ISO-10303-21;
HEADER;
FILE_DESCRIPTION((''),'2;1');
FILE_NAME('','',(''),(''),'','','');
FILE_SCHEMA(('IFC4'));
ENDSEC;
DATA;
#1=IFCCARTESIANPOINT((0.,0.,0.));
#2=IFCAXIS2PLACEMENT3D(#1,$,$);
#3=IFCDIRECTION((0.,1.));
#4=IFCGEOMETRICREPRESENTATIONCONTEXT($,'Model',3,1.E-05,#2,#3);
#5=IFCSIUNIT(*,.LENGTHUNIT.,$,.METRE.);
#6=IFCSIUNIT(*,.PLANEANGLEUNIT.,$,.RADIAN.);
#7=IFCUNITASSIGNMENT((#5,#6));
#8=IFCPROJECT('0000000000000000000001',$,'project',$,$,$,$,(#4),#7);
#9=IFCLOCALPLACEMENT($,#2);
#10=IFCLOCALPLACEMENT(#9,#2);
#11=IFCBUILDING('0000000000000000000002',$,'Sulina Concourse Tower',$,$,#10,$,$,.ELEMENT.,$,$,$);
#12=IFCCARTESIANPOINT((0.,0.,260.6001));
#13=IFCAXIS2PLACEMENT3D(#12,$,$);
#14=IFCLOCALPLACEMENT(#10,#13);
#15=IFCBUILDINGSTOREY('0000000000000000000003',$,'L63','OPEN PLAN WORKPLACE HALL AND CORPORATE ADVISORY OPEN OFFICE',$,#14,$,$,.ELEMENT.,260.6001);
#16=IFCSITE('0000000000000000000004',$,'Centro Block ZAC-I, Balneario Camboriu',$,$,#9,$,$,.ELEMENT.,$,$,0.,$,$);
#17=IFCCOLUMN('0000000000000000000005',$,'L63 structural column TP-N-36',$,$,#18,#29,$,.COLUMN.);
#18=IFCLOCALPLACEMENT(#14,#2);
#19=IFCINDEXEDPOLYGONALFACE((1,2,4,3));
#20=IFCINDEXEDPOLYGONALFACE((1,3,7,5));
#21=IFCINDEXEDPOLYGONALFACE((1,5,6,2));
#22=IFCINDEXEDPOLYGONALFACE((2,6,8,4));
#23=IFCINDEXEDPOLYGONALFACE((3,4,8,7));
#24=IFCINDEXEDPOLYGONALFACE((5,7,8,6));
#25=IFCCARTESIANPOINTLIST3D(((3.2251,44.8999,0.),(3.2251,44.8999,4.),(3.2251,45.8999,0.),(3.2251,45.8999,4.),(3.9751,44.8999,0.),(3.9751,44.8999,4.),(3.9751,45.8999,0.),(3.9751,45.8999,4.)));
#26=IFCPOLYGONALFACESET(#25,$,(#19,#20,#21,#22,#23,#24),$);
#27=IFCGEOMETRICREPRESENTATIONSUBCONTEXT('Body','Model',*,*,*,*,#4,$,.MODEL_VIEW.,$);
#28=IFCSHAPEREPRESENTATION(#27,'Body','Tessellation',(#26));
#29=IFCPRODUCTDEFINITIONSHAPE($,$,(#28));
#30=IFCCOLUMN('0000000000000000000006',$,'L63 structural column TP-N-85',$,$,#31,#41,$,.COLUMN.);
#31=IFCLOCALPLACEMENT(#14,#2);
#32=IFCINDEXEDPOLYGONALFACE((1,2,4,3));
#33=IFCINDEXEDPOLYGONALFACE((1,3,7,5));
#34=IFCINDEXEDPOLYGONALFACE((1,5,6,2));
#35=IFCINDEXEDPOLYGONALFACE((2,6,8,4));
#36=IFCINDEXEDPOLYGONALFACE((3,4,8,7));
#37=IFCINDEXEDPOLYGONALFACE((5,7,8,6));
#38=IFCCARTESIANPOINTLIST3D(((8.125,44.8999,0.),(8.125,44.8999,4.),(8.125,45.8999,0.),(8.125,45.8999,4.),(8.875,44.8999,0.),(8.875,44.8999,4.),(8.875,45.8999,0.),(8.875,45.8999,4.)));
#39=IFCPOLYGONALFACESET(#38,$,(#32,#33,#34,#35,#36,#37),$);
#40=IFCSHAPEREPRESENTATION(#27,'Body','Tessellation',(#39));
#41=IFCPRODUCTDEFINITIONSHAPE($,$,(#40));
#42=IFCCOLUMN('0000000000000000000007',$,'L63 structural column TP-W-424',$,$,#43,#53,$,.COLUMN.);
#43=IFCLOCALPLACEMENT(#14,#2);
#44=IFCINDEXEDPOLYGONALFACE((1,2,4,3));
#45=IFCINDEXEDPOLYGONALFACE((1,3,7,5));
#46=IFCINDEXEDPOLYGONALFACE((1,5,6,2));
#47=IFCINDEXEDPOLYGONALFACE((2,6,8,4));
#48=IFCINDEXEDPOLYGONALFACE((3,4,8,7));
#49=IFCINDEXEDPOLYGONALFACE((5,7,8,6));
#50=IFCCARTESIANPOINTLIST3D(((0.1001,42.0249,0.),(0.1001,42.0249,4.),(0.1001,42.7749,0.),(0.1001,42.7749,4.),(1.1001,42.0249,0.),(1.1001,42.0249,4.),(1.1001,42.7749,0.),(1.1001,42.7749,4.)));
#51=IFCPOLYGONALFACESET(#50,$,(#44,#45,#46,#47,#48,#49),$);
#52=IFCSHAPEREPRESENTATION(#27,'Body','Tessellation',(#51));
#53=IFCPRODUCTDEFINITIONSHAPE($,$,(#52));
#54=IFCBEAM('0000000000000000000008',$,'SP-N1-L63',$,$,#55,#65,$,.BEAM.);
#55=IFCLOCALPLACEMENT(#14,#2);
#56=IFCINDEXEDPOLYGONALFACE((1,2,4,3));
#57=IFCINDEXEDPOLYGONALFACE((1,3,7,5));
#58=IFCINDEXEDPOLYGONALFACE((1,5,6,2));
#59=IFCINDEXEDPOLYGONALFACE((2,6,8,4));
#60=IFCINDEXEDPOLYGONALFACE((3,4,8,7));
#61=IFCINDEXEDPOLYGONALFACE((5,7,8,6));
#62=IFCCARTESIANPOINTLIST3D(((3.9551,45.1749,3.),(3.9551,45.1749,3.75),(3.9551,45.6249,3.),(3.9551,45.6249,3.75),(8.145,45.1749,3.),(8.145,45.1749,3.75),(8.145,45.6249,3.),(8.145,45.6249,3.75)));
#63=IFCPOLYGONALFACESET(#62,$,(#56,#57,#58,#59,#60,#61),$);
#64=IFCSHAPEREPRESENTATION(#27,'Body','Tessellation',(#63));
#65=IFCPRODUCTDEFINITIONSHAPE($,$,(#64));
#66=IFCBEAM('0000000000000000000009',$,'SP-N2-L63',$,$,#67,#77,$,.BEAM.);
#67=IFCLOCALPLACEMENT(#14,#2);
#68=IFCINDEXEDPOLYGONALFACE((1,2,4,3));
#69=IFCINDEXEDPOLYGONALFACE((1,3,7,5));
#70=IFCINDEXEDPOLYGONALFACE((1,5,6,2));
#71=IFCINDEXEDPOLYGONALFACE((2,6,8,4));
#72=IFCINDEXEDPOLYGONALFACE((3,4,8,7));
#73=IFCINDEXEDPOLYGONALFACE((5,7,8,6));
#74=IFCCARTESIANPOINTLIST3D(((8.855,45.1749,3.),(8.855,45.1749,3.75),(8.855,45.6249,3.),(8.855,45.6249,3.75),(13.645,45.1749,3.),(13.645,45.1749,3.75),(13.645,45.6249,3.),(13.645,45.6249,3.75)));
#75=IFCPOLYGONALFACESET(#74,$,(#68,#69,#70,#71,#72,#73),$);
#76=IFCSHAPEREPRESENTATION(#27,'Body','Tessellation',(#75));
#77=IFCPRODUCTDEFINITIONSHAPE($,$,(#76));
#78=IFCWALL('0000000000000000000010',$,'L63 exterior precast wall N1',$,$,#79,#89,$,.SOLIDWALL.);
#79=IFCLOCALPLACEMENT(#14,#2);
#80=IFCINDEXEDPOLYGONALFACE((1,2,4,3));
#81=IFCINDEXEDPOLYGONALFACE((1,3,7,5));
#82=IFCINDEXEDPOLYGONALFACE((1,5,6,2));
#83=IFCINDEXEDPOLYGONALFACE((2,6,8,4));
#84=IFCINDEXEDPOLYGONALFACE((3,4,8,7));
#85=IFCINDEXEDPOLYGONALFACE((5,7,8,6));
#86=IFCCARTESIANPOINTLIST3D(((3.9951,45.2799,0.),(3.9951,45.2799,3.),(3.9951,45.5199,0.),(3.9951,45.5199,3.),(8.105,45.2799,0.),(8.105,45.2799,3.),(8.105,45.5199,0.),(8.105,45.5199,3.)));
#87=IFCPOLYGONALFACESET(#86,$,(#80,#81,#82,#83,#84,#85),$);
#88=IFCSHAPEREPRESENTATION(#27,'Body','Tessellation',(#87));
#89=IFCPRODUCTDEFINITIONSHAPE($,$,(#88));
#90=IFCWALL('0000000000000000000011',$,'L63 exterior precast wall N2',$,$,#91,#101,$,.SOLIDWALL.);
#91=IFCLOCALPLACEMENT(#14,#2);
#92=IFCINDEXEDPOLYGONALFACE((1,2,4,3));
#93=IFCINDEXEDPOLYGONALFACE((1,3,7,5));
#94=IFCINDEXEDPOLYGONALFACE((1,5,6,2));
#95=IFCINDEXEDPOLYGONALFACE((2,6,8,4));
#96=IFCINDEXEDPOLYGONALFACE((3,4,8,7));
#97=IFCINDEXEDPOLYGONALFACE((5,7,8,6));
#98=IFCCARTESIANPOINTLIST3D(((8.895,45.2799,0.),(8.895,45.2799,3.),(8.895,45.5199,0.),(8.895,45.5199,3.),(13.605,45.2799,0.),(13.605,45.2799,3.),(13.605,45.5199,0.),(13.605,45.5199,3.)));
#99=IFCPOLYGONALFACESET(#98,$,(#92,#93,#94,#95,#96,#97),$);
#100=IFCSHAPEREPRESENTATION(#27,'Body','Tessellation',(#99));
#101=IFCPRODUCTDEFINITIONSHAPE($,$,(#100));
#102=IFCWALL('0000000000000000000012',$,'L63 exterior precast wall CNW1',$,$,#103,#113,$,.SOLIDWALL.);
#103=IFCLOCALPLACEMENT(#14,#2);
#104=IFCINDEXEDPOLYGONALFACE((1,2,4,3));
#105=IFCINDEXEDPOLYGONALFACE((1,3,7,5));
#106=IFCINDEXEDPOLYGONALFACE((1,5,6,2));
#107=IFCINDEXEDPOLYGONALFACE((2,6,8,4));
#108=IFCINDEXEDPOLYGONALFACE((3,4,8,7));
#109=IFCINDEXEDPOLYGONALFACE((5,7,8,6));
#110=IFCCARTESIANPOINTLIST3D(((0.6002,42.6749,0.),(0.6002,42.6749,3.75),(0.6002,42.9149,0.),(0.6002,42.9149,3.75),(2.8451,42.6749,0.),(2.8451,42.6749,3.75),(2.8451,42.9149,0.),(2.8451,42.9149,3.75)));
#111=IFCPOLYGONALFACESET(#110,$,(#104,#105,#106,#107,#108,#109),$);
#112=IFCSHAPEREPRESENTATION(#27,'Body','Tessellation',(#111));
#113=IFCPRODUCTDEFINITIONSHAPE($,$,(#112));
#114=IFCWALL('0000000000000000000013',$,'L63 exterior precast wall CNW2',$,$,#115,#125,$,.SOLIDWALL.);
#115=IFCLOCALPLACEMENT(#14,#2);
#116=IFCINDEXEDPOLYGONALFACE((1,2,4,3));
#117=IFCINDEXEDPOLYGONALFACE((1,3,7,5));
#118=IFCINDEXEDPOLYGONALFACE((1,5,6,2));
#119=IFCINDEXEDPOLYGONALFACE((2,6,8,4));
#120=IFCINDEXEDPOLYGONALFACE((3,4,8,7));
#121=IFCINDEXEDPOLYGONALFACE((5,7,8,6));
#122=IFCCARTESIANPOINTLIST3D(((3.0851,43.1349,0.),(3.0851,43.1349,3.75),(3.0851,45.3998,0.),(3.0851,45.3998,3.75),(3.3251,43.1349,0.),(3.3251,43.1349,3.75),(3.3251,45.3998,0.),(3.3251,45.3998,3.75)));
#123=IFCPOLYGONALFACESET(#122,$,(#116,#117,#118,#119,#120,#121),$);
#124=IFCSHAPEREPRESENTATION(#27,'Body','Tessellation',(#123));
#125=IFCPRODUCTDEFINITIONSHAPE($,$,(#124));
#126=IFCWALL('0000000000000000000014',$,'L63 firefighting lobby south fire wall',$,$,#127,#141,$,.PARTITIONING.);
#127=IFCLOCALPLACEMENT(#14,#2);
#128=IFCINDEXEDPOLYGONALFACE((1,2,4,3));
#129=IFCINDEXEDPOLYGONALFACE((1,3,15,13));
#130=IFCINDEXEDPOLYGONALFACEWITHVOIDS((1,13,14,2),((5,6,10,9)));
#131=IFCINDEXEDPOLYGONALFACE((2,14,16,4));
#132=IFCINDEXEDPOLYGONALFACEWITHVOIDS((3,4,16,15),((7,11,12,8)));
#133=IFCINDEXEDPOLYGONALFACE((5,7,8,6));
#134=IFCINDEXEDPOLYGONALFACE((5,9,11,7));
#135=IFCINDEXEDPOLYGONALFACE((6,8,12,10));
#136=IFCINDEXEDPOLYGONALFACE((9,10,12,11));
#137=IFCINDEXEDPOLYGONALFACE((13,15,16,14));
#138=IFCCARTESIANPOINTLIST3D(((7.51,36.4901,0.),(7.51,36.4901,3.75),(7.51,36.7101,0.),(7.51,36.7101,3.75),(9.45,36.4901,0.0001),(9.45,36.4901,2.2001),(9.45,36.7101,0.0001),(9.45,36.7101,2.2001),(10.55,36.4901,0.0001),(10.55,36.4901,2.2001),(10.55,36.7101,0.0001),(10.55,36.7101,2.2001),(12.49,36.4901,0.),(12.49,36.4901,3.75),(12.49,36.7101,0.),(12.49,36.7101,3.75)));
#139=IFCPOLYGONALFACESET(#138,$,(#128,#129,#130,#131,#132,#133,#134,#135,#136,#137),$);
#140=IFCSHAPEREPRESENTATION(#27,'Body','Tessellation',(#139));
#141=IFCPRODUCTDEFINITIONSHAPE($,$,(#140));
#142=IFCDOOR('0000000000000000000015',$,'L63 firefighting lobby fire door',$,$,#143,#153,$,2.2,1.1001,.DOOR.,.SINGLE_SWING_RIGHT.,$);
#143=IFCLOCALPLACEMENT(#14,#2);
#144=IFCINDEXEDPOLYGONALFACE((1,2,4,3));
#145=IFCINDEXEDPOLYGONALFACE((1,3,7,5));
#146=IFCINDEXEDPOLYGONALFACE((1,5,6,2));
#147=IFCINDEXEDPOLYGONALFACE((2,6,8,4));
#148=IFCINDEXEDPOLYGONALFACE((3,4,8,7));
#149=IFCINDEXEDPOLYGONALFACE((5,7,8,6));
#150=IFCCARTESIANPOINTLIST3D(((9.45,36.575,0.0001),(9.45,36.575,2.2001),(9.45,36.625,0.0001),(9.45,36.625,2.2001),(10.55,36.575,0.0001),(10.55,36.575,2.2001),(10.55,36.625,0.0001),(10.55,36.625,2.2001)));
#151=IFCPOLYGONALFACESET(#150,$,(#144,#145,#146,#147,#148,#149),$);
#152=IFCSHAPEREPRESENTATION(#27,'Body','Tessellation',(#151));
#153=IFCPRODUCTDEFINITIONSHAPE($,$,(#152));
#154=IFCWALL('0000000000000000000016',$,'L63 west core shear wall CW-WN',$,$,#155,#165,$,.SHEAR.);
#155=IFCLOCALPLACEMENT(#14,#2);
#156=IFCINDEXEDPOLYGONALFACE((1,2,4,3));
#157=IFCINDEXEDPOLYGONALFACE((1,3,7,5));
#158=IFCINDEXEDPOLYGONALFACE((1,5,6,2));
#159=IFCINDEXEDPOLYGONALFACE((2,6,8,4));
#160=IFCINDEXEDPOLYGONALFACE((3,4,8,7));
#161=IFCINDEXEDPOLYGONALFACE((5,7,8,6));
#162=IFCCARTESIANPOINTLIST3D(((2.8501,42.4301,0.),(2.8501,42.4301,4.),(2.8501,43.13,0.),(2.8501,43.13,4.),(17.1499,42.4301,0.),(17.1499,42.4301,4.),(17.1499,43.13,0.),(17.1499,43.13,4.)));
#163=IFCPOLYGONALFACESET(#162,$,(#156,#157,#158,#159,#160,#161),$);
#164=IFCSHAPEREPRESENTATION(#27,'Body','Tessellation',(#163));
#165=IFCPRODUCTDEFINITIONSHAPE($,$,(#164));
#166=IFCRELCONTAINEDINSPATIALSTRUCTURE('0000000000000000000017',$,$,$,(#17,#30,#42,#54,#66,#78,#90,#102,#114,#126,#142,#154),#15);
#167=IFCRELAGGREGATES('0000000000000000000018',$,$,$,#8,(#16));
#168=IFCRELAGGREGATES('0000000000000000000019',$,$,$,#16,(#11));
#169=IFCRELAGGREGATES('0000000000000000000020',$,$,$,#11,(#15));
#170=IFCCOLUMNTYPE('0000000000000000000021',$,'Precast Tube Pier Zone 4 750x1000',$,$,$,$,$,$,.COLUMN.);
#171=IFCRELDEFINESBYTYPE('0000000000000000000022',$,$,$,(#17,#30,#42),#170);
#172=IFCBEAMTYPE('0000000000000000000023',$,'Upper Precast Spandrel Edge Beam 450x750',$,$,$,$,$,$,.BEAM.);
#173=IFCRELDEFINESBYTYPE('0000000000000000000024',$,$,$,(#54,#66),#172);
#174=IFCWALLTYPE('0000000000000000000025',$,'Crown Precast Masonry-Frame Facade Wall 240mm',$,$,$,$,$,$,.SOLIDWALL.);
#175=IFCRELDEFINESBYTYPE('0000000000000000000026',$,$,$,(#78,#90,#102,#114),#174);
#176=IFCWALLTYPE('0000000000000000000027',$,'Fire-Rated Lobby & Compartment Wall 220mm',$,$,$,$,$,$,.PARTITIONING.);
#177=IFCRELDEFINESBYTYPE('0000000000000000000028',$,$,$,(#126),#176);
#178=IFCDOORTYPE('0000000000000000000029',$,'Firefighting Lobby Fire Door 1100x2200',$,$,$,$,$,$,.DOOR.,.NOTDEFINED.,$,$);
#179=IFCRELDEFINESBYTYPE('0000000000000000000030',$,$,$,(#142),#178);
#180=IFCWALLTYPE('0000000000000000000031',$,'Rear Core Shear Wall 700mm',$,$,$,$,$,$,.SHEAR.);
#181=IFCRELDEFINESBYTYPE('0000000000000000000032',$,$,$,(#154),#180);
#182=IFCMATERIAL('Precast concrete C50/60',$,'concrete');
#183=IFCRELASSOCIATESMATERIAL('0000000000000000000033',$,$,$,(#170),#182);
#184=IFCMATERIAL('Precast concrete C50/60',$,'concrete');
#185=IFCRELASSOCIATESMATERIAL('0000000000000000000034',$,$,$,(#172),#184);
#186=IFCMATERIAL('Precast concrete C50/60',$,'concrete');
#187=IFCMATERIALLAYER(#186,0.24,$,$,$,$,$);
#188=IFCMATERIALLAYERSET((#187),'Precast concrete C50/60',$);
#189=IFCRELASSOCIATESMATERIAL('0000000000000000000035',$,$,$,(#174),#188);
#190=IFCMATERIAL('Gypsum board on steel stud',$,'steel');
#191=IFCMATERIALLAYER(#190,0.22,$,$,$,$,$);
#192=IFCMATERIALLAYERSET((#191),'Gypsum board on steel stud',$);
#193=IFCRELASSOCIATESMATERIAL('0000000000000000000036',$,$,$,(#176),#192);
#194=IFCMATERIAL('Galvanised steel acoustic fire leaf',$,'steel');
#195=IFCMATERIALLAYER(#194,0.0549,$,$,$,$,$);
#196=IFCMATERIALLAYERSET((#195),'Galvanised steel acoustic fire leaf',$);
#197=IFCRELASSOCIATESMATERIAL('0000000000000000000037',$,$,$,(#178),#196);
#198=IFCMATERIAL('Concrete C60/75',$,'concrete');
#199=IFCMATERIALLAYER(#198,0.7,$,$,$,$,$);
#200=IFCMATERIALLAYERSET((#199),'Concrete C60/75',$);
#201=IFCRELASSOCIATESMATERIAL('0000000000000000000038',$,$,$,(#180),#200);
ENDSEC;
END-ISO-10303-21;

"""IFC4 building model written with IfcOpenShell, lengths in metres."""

from ifc_helpers import new_model, si_unit, direction, frame, frame_2d, origin, origin_2d, place, context, subcontext, project, spatial, rectangle, extrude, material, layer, layer_set, material_profile, profile_set, type_object, element, fill, save


model = new_model("IFC4")

# Units and contexts
model_context = context("Model", 3, precision=1e-05, world=origin(), true_north=direction((0.0, 1.0)))
body_context = subcontext(model_context, "Body", "Model", "MODEL_VIEW")
ifc_project = project(units=[si_unit("LENGTHUNIT", "METRE"), si_unit("PLANEANGLEUNIT", "RADIAN")], contexts=[model_context])

# Site, building, storey
site_placement = place(None, origin())
site = spatial("IfcSite", under=ifc_project, at=site_placement, Name="Centro Block ZAC-I, Balneario Camboriu", CompositionType="ELEMENT", RefElevation=0.0)
building_placement = place(site_placement, origin())
building = spatial("IfcBuilding", under=site, at=building_placement, Name="Sulina Concourse Tower", CompositionType="ELEMENT")
storey_placement = place(building_placement, frame((0.0, 0.0, 260.6001)))
storey = spatial("IfcBuildingStorey", under=building, at=storey_placement, Name="L63", Description="OPEN PLAN WORKPLACE HALL AND CORPORATE ADVISORY OPEN OFFICE", CompositionType="ELEMENT", Elevation=260.6001)

# Columns
ifc_material_1 = material(Name="Precast concrete C50/60", Category="concrete")
ifc_material_profile_1 = material_profile(ifc_material_1, rectangle(XDim=0.75, YDim=1.0, at=origin_2d()), Name="PC 750x1000")
ifc_profile_set_1 = profile_set([ifc_material_profile_1], Name="Precast concrete C50/60")
column_type = type_object("IfcColumnType", Name="Precast Tube Pier Zone 4 750x1000", PredefinedType="COLUMN", material=ifc_profile_set_1)
for number, where, z_axis, x_axis, name in (
    (1, (3.6001, 45.3999, 0.0), (0.0, 0.0, 1.0), (1.0, 0.0, 0.0), "L63 structural column TP-N-36"),
    (2, (8.5, 45.3999, 0.0), (0.0, 0.0, 1.0), (1.0, 0.0, 0.0), "L63 structural column TP-N-85"),
    (3, (0.6001, 42.3999, 0.0), (0.0, 0.0, 1.0), (0.0, 1.0, 0.0), "L63 structural column TP-W-424"),
):
    element("IfcColumn", number, at=place(storey_placement, frame(where, z_axis=z_axis, x_axis=x_axis)), inside=storey, type_object=column_type, Name=name, PredefinedType="COLUMN", context=body_context, shape_type="SweptSolid", body=[
        extrude(rectangle(XDim=0.75, YDim=1.0, at=origin_2d()), origin(), (0.0, 0.0, 1.0), 4.0),
    ])

# Beams
ifc_material_2 = material(Name="Precast concrete C50/60", Category="concrete")
ifc_material_profile_2 = material_profile(ifc_material_2, rectangle(XDim=0.45, YDim=0.75, at=origin_2d()), Name="RC 450x750")
ifc_profile_set_2 = profile_set([ifc_material_profile_2], Name="Precast concrete C50/60")
beam_type = type_object("IfcBeamType", Name="Upper Precast Spandrel Edge Beam 450x750", PredefinedType="BEAM", material=ifc_profile_set_2)
beam_1_placement = place(storey_placement, frame((3.9551, 45.3999, 3.375), z_axis=(1.0, 0.0, 0.0), x_axis=(0.0, 1.0, 0.0)))
element("IfcBeam", 4, at=beam_1_placement, inside=storey, type_object=beam_type, Name="SP-N1-L63", PredefinedType="BEAM", context=body_context, shape_type="SweptSolid", body=[
    extrude(rectangle(XDim=0.45, YDim=0.75, at=origin_2d()), origin(), (0.0, 0.0, 1.0), 4.1899),
])
beam_2_placement = place(storey_placement, frame((8.855, 45.3999, 3.375), z_axis=(1.0, 0.0, 0.0), x_axis=(0.0, 1.0, 0.0)))
element("IfcBeam", 5, at=beam_2_placement, inside=storey, type_object=beam_type, Name="SP-N2-L63", PredefinedType="BEAM", context=body_context, shape_type="SweptSolid", body=[
    extrude(rectangle(XDim=0.45, YDim=0.75, at=origin_2d()), origin(), (0.0, 0.0, 1.0), 4.79),
])

# Walls
ifc_material_3 = material(Name="Precast concrete C50/60", Category="concrete")
ifc_layer_1 = layer(ifc_material_3, 0.24)
ifc_layer_set_1 = layer_set([ifc_layer_1], Name="Precast concrete C50/60")
wall_type_1 = type_object("IfcWallType", Name="Crown Precast Masonry-Frame Facade Wall 240mm", PredefinedType="SOLIDWALL", material=ifc_layer_set_1)
wall_1_placement = place(storey_placement, frame((3.9951, 45.3999, 0.0), z_axis=(0.0, 0.0, 1.0), x_axis=(1.0, 0.0, 0.0)))
element("IfcWall", 6, at=wall_1_placement, inside=storey, type_object=wall_type_1, Name="L63 exterior precast wall N1", PredefinedType="SOLIDWALL", context=body_context, shape_type="SweptSolid", body=[
    extrude(rectangle(XDim=4.1099, YDim=0.24, at=frame_2d((2.0549, 0.0))), origin(), (0.0, 0.0, 1.0), 3.0),
])
wall_2_placement = place(storey_placement, frame((8.895, 45.3999, 0.0), z_axis=(0.0, 0.0, 1.0), x_axis=(1.0, 0.0, 0.0)))
element("IfcWall", 7, at=wall_2_placement, inside=storey, type_object=wall_type_1, Name="L63 exterior precast wall N2", PredefinedType="SOLIDWALL", context=body_context, shape_type="SweptSolid", body=[
    extrude(rectangle(XDim=4.71, YDim=0.24, at=frame_2d((2.355, 0.0))), origin(), (0.0, 0.0, 1.0), 3.0),
])
wall_3_placement = place(storey_placement, frame((0.6001, 42.7949, 0.0), z_axis=(0.0, 0.0, 1.0), x_axis=(1.0, 0.0, 0.0)))
element("IfcWall", 8, at=wall_3_placement, inside=storey, type_object=wall_type_1, Name="L63 exterior precast wall CNW1", PredefinedType="SOLIDWALL", context=body_context, shape_type="SweptSolid", body=[
    extrude(rectangle(XDim=2.2449, YDim=0.24, at=frame_2d((1.1226, 0.0))), origin(), (0.0, 0.0, 1.0), 3.75),
])
wall_4_placement = place(storey_placement, frame((3.2051, 43.135, 0.0), z_axis=(0.0, 0.0, 1.0), x_axis=(0.0, 1.0, 0.0)))
element("IfcWall", 9, at=wall_4_placement, inside=storey, type_object=wall_type_1, Name="L63 exterior precast wall CNW2", PredefinedType="SOLIDWALL", context=body_context, shape_type="SweptSolid", body=[
    extrude(rectangle(XDim=2.2649, YDim=0.24, at=frame_2d((1.1323, 0.0))), origin(), (0.0, 0.0, 1.0), 3.75),
])

# Wall, opening, door
ifc_material_4 = material(Name="Gypsum board on steel stud", Category="steel")
ifc_layer_2 = layer(ifc_material_4, 0.22)
ifc_layer_set_2 = layer_set([ifc_layer_2], Name="Gypsum board on steel stud")
wall_type_2 = type_object("IfcWallType", Name="Fire-Rated Lobby & Compartment Wall 220mm", PredefinedType="PARTITIONING", material=ifc_layer_set_2)
wall_5_placement = place(storey_placement, frame((7.51, 36.6001, 0.0), z_axis=(0.0, 0.0, 1.0), x_axis=(1.0, 0.0, 0.0)))
wall_5 = element("IfcWall", 10, at=wall_5_placement, inside=storey, type_object=wall_type_2, Name="L63 firefighting lobby south fire wall", PredefinedType="PARTITIONING", context=body_context, shape_type="SweptSolid", body=[
    extrude(rectangle(XDim=4.98, YDim=0.22, at=frame_2d((2.49, 0.0))), origin(), (0.0, 0.0, 1.0), 3.75),
])
opening_placement = place(wall_5_placement, frame((1.9399, 0.0, 0.0)))
opening = element("IfcOpeningElement", 11, at=opening_placement, cuts=wall_5, PredefinedType="OPENING", context=body_context, shape_type="SweptSolid", body=[
    extrude(rectangle(XDim=1.1001, YDim=2.2, at=frame_2d((0.55, 1.1001))), frame((0.0, 0.1199, 0.0), z_axis=(0.0, -1.0, 0.0), x_axis=(1.0, 0.0, 0.0)), (0.0, 0.0, 1.0), 0.24),
])
ifc_material_5 = material(Name="Galvanised steel acoustic fire leaf", Category="steel")
ifc_layer_3 = layer(ifc_material_5, 0.0549)
ifc_layer_set_3 = layer_set([ifc_layer_3], Name="Galvanised steel acoustic fire leaf")
door_type = type_object("IfcDoorType", Name="Firefighting Lobby Fire Door 1100x2200", OperationType="NOTDEFINED", PredefinedType="DOOR", material=ifc_layer_set_3)
door_placement = place(opening_placement, origin())
door = element("IfcDoor", 12, at=door_placement, inside=storey, type_object=door_type, Name="L63 firefighting lobby fire door", OperationType="SINGLE_SWING_RIGHT", OverallHeight=2.2, OverallWidth=1.1001, PredefinedType="DOOR", context=body_context, shape_type="SweptSolid", body=[
    extrude(rectangle(XDim=1.1001, YDim=2.2, at=frame_2d((0.55, 1.1001))), frame((0.0, 0.0249, 0.0), z_axis=(0.0, -1.0, 0.0), x_axis=(1.0, 0.0, 0.0)), (0.0, 0.0, 1.0), 0.05),
])
fill(opening, door)

# Wall
ifc_material_6 = material(Name="Concrete C60/75", Category="concrete")
ifc_layer_4 = layer(ifc_material_6, 0.7)
ifc_layer_set_4 = layer_set([ifc_layer_4], Name="Concrete C60/75")
wall_type_3 = type_object("IfcWallType", Name="Rear Core Shear Wall 700mm", PredefinedType="SHEAR", material=ifc_layer_set_4)
wall_6_placement = place(storey_placement, frame((2.8501, 42.78, 0.0), z_axis=(0.0, 0.0, 1.0), x_axis=(1.0, 0.0, 0.0)))
element("IfcWall", 13, at=wall_6_placement, inside=storey, type_object=wall_type_3, Name="L63 west core shear wall CW-WN", PredefinedType="SHEAR", context=body_context, shape_type="SweptSolid", body=[
    extrude(rectangle(XDim=14.2998, YDim=0.7, at=frame_2d((7.1499, 0.0))), origin(), (0.0, 0.0, 1.0), 4.0),
])

save(model, "model.ifc")
